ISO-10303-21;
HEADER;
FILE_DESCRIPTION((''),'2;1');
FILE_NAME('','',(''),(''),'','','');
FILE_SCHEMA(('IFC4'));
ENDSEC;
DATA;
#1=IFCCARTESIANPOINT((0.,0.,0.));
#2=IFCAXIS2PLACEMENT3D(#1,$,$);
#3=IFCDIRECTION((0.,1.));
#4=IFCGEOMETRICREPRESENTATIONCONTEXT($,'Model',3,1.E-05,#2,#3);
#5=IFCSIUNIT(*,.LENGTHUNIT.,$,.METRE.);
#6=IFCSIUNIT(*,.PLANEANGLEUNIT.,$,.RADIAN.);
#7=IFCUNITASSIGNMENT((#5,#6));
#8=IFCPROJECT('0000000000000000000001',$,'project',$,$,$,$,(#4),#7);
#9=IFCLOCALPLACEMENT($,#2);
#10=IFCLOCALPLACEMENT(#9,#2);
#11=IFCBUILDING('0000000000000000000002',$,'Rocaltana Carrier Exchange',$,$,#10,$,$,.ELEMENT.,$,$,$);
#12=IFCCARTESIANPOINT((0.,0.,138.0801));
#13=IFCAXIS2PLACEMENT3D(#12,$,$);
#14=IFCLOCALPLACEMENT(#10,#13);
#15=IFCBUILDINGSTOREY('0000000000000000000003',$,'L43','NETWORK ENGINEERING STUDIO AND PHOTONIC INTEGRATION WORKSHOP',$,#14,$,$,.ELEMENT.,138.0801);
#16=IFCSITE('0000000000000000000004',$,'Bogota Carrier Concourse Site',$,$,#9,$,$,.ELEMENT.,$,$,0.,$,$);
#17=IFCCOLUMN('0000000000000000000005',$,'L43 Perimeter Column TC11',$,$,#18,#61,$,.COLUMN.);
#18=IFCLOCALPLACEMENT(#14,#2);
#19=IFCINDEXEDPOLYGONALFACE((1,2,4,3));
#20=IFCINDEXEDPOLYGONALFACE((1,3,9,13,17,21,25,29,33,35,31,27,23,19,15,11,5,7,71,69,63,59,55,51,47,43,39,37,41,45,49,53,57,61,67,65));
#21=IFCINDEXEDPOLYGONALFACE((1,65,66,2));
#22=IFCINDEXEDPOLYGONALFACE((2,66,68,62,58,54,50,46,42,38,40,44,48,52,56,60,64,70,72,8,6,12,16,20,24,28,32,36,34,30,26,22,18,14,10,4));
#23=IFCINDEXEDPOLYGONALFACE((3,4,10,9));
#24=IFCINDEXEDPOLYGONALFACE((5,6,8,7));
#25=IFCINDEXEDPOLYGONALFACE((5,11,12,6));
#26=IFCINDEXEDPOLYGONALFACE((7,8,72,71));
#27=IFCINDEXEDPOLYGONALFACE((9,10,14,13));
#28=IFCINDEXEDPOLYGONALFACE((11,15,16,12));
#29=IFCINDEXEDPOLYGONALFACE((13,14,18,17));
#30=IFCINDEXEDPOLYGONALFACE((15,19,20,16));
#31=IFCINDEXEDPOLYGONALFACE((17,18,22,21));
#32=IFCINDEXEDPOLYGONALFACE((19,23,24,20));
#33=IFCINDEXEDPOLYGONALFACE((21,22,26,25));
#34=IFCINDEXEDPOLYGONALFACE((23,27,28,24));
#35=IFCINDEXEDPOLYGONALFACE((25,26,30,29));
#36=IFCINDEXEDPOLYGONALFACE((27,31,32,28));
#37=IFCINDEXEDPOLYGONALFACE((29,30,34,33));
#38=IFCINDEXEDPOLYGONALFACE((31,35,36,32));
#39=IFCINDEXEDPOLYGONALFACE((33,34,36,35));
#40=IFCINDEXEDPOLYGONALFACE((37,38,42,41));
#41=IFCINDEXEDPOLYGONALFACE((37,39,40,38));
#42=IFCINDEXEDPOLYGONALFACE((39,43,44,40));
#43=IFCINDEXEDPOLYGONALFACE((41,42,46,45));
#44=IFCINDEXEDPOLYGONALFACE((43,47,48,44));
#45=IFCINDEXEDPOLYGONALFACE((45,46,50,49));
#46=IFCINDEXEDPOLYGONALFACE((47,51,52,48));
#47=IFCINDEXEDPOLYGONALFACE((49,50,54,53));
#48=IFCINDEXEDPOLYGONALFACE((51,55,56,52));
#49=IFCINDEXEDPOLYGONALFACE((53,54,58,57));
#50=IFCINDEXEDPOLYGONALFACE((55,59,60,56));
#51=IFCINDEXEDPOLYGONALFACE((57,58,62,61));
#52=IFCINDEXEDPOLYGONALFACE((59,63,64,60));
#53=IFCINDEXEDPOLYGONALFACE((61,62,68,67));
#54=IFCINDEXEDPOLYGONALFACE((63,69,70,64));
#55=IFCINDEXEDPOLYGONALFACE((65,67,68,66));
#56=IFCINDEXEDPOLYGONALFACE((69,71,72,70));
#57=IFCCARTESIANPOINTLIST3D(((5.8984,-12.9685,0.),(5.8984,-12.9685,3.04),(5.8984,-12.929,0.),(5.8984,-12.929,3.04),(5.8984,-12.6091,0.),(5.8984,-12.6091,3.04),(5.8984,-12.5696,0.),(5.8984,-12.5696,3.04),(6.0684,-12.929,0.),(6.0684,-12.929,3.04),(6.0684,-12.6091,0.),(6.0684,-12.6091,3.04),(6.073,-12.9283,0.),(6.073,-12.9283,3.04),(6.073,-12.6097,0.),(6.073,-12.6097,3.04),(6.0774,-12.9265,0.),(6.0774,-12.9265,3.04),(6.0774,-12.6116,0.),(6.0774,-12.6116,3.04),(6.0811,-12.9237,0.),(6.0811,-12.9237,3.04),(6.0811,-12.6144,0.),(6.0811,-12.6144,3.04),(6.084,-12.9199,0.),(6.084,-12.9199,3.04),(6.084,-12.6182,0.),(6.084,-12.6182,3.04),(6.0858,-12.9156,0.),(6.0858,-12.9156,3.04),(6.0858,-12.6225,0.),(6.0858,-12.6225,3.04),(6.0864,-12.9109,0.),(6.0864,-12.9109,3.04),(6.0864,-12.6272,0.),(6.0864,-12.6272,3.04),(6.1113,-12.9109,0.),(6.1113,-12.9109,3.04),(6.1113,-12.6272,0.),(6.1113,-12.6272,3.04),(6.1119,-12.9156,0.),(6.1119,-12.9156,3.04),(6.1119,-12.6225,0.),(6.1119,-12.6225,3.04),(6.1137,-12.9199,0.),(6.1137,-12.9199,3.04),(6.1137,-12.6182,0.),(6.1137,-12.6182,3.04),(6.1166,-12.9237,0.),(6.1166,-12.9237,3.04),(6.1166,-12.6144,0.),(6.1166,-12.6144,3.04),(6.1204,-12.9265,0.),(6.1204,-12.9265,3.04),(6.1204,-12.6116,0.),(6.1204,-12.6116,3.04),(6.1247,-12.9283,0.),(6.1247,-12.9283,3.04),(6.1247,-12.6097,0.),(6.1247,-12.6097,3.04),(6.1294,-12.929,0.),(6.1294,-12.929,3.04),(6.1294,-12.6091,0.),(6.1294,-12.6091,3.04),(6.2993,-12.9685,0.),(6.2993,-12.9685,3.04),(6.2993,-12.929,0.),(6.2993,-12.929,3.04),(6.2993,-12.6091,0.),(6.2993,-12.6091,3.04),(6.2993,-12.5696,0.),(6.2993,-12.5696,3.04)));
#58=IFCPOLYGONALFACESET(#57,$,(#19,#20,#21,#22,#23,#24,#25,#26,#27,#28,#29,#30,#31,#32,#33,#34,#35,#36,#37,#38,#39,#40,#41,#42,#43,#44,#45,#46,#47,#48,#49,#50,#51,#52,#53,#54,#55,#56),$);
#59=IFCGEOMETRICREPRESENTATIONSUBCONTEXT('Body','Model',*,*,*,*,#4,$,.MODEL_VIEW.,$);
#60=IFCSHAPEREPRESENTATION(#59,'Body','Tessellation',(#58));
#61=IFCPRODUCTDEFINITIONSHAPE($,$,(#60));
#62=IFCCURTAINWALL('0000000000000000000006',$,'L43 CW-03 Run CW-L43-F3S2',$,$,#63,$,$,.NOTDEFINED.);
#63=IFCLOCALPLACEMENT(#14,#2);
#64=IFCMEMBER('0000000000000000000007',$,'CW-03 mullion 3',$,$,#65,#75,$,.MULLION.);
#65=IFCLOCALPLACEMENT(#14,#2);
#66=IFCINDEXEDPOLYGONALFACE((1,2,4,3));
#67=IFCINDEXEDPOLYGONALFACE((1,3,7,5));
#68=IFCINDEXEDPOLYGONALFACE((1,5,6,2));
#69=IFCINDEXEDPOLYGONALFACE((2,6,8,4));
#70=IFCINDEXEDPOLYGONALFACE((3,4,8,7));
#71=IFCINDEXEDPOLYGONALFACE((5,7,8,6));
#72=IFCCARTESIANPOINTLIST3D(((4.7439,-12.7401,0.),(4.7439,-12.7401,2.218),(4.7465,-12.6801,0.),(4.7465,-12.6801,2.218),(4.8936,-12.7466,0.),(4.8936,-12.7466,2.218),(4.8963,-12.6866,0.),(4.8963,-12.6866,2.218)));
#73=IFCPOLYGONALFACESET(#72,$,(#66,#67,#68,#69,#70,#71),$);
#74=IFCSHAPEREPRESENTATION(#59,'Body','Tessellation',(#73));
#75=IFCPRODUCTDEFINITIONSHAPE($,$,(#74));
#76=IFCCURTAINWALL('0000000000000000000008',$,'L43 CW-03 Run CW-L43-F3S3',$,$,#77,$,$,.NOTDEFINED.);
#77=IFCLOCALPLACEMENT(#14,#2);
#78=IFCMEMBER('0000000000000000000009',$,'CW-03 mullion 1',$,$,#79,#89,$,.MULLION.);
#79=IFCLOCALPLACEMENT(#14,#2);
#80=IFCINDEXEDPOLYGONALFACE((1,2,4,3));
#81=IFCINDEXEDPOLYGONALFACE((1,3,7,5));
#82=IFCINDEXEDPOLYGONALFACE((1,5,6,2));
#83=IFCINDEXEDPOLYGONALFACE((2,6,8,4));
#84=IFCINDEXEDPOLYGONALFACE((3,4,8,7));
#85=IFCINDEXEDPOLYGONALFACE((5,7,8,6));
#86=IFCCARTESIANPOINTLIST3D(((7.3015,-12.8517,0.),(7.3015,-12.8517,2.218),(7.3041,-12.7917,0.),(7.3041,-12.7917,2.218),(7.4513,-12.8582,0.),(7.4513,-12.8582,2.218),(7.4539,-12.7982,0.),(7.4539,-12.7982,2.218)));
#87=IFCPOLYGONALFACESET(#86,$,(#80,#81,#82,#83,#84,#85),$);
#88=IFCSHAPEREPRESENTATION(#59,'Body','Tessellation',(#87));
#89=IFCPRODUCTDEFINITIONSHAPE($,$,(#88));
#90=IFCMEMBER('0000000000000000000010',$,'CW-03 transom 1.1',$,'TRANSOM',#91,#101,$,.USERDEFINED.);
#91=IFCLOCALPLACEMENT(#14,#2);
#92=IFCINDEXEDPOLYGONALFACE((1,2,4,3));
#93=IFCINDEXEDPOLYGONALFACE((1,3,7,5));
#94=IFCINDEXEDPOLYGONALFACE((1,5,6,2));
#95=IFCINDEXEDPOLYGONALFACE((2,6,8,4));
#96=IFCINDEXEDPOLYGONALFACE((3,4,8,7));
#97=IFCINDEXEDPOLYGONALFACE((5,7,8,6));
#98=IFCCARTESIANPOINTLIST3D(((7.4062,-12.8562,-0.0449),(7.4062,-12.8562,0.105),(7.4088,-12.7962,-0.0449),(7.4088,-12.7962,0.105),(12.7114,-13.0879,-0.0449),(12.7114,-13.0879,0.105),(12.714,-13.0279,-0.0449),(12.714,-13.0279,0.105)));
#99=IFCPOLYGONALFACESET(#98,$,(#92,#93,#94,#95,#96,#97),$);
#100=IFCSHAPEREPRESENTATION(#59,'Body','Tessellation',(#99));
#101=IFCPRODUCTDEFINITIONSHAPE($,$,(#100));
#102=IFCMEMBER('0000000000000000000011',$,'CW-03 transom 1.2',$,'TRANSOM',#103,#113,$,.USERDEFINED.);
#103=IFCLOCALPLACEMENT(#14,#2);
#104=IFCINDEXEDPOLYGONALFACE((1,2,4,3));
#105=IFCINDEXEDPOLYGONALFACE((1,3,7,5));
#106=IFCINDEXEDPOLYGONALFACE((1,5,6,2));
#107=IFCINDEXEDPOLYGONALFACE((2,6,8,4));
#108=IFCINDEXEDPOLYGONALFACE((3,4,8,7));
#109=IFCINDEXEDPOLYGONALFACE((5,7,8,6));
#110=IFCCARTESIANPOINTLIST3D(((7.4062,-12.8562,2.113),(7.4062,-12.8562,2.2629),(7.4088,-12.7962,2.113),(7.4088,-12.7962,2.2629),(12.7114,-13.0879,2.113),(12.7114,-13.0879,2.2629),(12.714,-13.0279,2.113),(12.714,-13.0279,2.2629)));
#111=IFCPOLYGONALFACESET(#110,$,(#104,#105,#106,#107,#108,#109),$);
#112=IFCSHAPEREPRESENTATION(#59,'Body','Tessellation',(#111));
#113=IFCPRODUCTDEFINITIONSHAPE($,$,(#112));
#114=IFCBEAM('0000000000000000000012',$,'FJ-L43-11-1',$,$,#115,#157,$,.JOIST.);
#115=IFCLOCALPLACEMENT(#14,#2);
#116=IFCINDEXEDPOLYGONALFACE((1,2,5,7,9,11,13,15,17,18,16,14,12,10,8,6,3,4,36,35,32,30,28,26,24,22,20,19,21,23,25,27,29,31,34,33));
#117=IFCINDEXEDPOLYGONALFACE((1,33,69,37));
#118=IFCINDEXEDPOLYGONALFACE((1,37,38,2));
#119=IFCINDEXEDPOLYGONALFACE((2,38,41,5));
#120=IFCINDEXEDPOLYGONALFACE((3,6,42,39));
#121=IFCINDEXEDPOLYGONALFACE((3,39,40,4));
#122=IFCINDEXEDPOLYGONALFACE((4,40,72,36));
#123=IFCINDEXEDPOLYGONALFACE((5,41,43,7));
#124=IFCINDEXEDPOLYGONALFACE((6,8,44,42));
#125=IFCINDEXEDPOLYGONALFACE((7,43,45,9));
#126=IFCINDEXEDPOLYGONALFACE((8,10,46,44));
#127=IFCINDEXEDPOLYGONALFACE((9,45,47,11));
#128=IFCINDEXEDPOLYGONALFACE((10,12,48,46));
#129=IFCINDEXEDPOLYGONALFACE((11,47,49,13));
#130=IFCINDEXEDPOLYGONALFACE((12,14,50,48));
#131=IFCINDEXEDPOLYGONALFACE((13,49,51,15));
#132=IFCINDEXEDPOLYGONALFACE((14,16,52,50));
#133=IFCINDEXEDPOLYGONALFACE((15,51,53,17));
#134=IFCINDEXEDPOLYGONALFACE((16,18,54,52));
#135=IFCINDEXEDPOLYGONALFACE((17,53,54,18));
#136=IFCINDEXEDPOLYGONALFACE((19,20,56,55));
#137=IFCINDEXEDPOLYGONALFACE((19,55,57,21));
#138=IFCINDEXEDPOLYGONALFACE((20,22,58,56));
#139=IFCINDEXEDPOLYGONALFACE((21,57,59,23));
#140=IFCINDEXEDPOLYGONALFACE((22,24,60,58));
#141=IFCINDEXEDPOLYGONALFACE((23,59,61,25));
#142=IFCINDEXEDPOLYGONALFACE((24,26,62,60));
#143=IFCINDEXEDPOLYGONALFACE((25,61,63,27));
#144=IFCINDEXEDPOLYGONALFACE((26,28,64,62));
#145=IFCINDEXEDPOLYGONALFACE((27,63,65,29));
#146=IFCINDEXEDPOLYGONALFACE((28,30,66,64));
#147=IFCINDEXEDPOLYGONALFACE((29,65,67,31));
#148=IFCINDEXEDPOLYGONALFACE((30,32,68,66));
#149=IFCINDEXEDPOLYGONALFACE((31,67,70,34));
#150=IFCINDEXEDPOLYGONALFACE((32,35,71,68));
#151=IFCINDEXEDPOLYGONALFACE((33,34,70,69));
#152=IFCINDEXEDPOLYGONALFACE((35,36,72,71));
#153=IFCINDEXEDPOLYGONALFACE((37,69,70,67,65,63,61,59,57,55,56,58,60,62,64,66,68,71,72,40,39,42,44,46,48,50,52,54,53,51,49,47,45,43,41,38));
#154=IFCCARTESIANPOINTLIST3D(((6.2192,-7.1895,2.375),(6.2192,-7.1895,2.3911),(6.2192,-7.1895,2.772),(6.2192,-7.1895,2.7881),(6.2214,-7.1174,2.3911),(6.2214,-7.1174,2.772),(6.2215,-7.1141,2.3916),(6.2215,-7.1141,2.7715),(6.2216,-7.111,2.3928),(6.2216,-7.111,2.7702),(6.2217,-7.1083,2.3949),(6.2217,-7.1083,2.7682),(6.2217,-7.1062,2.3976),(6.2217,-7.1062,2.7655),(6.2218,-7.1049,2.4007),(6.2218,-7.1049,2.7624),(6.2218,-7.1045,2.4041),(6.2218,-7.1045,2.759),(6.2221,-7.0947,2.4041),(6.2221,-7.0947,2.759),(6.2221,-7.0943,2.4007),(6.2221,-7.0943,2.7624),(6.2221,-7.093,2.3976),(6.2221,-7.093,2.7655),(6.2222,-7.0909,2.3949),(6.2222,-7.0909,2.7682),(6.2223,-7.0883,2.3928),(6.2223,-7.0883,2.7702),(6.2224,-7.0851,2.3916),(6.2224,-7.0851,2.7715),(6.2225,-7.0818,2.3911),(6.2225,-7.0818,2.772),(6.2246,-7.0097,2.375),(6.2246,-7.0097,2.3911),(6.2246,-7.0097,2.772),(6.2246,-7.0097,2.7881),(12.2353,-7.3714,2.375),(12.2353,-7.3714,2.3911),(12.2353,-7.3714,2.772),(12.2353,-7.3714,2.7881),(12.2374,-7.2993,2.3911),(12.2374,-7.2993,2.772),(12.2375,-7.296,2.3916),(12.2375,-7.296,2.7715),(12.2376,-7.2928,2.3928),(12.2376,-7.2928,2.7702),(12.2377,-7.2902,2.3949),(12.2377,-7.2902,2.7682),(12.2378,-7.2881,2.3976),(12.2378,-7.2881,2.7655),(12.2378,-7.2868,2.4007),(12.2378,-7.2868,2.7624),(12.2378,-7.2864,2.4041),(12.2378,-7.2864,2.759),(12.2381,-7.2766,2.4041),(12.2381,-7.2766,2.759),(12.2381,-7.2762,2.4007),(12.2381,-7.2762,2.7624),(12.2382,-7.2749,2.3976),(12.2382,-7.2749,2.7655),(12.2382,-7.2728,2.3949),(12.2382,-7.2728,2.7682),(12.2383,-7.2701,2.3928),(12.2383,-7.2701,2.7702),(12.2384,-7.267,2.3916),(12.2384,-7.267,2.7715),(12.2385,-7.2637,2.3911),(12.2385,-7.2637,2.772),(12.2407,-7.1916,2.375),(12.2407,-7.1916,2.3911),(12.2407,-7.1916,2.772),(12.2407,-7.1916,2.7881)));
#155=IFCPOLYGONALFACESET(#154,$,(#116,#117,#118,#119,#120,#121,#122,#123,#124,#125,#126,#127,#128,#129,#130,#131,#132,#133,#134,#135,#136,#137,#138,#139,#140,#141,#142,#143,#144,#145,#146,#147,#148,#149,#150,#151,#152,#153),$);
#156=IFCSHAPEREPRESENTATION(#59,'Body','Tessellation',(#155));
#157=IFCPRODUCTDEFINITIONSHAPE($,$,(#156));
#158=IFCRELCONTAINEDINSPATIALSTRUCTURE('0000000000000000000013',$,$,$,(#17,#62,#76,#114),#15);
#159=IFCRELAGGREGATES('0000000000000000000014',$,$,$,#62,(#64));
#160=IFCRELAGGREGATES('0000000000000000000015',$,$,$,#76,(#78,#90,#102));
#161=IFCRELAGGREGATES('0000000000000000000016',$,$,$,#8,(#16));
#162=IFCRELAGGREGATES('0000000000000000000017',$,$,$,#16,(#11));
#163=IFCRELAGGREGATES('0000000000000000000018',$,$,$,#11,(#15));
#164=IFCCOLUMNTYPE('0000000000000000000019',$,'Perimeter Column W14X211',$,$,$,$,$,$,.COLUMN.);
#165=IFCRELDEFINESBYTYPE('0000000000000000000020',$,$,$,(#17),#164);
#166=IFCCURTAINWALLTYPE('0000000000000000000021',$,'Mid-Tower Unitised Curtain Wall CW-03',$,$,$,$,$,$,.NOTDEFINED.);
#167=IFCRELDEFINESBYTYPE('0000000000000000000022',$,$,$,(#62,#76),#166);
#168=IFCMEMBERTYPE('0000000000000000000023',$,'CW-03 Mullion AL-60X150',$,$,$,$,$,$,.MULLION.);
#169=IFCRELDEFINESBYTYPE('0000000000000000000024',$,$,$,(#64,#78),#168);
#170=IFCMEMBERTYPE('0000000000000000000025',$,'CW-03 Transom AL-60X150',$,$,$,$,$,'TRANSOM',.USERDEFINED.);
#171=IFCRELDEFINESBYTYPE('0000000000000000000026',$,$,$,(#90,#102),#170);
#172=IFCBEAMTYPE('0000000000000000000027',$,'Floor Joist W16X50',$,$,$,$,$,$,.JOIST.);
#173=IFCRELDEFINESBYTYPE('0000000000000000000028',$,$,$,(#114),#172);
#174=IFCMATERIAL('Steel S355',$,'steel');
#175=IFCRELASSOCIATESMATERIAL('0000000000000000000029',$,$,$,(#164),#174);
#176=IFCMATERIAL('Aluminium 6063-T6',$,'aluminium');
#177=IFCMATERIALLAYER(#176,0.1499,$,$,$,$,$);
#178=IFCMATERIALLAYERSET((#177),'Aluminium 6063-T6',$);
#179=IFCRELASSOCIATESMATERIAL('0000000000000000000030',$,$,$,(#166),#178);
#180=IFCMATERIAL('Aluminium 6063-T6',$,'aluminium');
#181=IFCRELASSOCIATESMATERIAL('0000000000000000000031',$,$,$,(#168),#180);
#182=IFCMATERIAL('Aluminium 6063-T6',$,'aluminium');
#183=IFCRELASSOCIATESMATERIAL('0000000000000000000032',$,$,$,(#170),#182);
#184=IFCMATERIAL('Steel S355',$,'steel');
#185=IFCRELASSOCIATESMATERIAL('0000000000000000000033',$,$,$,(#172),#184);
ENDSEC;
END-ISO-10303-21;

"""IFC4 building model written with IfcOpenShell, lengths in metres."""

from ifc_helpers import new_model, si_unit, direction, frame, origin, origin_2d, place, context, subcontext, project, spatial, rectangle, i_section, extrude, material, layer, layer_set, material_profile, profile_set, type_object, element, aggregate, save


model = new_model("IFC4")

# Units and contexts
model_context = context("Model", 3, precision=1e-05, world=origin(), true_north=direction((0.0, 1.0)))
body_context = subcontext(model_context, "Body", "Model", "MODEL_VIEW")
ifc_project = project(units=[si_unit("LENGTHUNIT", "METRE"), si_unit("PLANEANGLEUNIT", "RADIAN")], contexts=[model_context])

# Site, building, storey
site_placement = place(None, origin())
site = spatial("IfcSite", under=ifc_project, at=site_placement, Name="Bogota Carrier Concourse Site", CompositionType="ELEMENT", RefElevation=0.0)
building_placement = place(site_placement, origin())
building = spatial("IfcBuilding", under=site, at=building_placement, Name="Rocaltana Carrier Exchange", CompositionType="ELEMENT")
storey_placement = place(building_placement, frame((0.0, 0.0, 138.0801)))
storey = spatial("IfcBuildingStorey", under=building, at=storey_placement, Name="L43", Description="NETWORK ENGINEERING STUDIO AND PHOTONIC INTEGRATION WORKSHOP", CompositionType="ELEMENT", Elevation=138.0801)

# Column
ifc_material_1 = material(Name="Steel S355", Category="steel")
ifc_material_profile_1 = material_profile(ifc_material_1, i_section(OverallWidth=0.4009, OverallDepth=0.3989, WebThickness=0.0249, FlangeThickness=0.0396, FilletRadius=0.0181, at=origin_2d()), Name="W14X211")
ifc_profile_set_1 = profile_set([ifc_material_profile_1], Name="Steel S355")
column_type = type_object("IfcColumnType", Name="Perimeter Column W14X211", PredefinedType="COLUMN", material=ifc_profile_set_1)
column_placement = place(storey_placement, frame((6.0989, -12.769, 0.0), z_axis=(0.0, 0.0, 1.0), x_axis=(1.0, 0.0, 0.0)))
element("IfcColumn", 1, at=column_placement, inside=storey, type_object=column_type, Name="L43 Perimeter Column TC11", PredefinedType="COLUMN", context=body_context, shape_type="SweptSolid", body=[
    extrude(i_section(OverallWidth=0.4009, OverallDepth=0.3989, WebThickness=0.0249, FlangeThickness=0.0396, FilletRadius=0.0181, at=origin_2d()), origin(), (0.0, 0.0, 1.0), 3.04),
])

# Curtain wall, member
ifc_material_2 = material(Name="Aluminium 6063-T6", Category="aluminium")
ifc_layer_1 = layer(ifc_material_2, 0.1499)
ifc_layer_set_1 = layer_set([ifc_layer_1], Name="Aluminium 6063-T6")
curtain_wall_type = type_object("IfcCurtainWallType", Name="Mid-Tower Unitised Curtain Wall CW-03", PredefinedType="NOTDEFINED", material=ifc_layer_set_1)
curtain_wall_1_placement = place(storey_placement, origin())
curtain_wall_1 = element("IfcCurtainWall", 2, at=curtain_wall_1_placement, inside=storey, type_object=curtain_wall_type, Name="L43 CW-03 Run CW-L43-F3S2", PredefinedType="NOTDEFINED")
ifc_material_3 = material(Name="Aluminium 6063-T6", Category="aluminium")
ifc_material_profile_2 = material_profile(ifc_material_3, rectangle(XDim=0.0601, YDim=0.1499, at=origin_2d()), Name="AL-60X150")
ifc_profile_set_2 = profile_set([ifc_material_profile_2], Name="Aluminium 6063-T6")
member_type_1 = type_object("IfcMemberType", Name="CW-03 Mullion AL-60X150", PredefinedType="MULLION", material=ifc_profile_set_2)
member_1_placement = place(storey_placement, frame((4.8201, -12.7134, 0.0), z_axis=(0.0, 0.0, 1.0), x_axis=(0.04362, 0.999048, 0.0)))
member_1 = element("IfcMember", 3, at=member_1_placement, type_object=member_type_1, Name="CW-03 mullion 3", PredefinedType="MULLION", context=body_context, shape_type="SweptSolid", body=[
    extrude(rectangle(XDim=0.0601, YDim=0.1499, at=origin_2d()), origin(), (0.0, 0.0, 1.0), 2.218),
])

# Curtain wall, members
curtain_wall_2_placement = place(storey_placement, origin())
curtain_wall_2 = element("IfcCurtainWall", 4, at=curtain_wall_2_placement, inside=storey, type_object=curtain_wall_type, Name="L43 CW-03 Run CW-L43-F3S3", PredefinedType="NOTDEFINED")
member_2_placement = place(storey_placement, frame((7.3777, -12.825, 0.0), z_axis=(0.0, 0.0, 1.0), x_axis=(0.043629, 0.999048, 0.0)))
member_2 = element("IfcMember", 5, at=member_2_placement, type_object=member_type_1, Name="CW-03 mullion 1", PredefinedType="MULLION", context=body_context, shape_type="SweptSolid", body=[
    extrude(rectangle(XDim=0.0601, YDim=0.1499, at=origin_2d()), origin(), (0.0, 0.0, 1.0), 2.218),
])
ifc_material_4 = material(Name="Aluminium 6063-T6", Category="aluminium")
ifc_material_profile_3 = material_profile(ifc_material_4, rectangle(XDim=0.0601, YDim=0.1499, at=origin_2d()), Name="AL-60X150")
ifc_profile_set_3 = profile_set([ifc_material_profile_3], Name="Aluminium 6063-T6")
member_type_2 = type_object("IfcMemberType", Name="CW-03 Transom AL-60X150", ElementType="TRANSOM", PredefinedType="USERDEFINED", material=ifc_profile_set_3)
member_3_placement = place(storey_placement, frame((7.4075, -12.8262, 0.03), z_axis=(0.999048, -0.043631, 0.0), x_axis=(0.043631, 0.999048, 0.0)))
member_3 = element("IfcMember", 6, at=member_3_placement, type_object=member_type_2, Name="CW-03 transom 1.1", ObjectType="TRANSOM", PredefinedType="USERDEFINED", context=body_context, shape_type="SweptSolid", body=[
    extrude(rectangle(XDim=0.0601, YDim=0.1499, at=origin_2d()), origin(), (0.0, 0.0, 1.0), 5.3103),
])
member_4_placement = place(storey_placement, frame((7.4075, -12.8262, 2.188), z_axis=(0.999048, -0.043631, 0.0), x_axis=(0.043631, 0.999048, 0.0)))
member_4 = element("IfcMember", 7, at=member_4_placement, type_object=member_type_2, Name="CW-03 transom 1.2", ObjectType="TRANSOM", PredefinedType="USERDEFINED", context=body_context, shape_type="SweptSolid", body=[
    extrude(rectangle(XDim=0.0601, YDim=0.1499, at=origin_2d()), origin(), (0.0, 0.0, 1.0), 5.3103),
])

# Beam
ifc_material_5 = material(Name="Steel S355", Category="steel")
ifc_material_profile_4 = material_profile(ifc_material_5, i_section(OverallWidth=0.1799, OverallDepth=0.4131, WebThickness=0.0098, FlangeThickness=0.0161, FilletRadius=0.0129, at=origin_2d()), Name="W16X50")
ifc_profile_set_4 = profile_set([ifc_material_profile_4], Name="Steel S355")
beam_type_1 = type_object("IfcBeamType", Name="Floor Joist W16X50", PredefinedType="JOIST", material=ifc_profile_set_4)
beam_1_placement = place(storey_placement, frame((6.2219, -7.0996, 2.5815), z_axis=(0.999543, -0.030219, 0.0), x_axis=(0.030219, 0.999543, 0.0)))
element("IfcBeam", 8, at=beam_1_placement, inside=storey, type_object=beam_type_1, Name="FJ-L43-11-1", PredefinedType="JOIST", context=body_context, shape_type="SweptSolid", body=[
    extrude(i_section(OverallWidth=0.1799, OverallDepth=0.4131, WebThickness=0.0098, FlangeThickness=0.0161, FilletRadius=0.0129, at=origin_2d()), origin(), (0.0, 0.0, 1.0), 6.0188),
])

aggregate(curtain_wall_1, [member_1])
aggregate(curtain_wall_2, [member_2, member_3, member_4])

save(model, "model.ifc")
